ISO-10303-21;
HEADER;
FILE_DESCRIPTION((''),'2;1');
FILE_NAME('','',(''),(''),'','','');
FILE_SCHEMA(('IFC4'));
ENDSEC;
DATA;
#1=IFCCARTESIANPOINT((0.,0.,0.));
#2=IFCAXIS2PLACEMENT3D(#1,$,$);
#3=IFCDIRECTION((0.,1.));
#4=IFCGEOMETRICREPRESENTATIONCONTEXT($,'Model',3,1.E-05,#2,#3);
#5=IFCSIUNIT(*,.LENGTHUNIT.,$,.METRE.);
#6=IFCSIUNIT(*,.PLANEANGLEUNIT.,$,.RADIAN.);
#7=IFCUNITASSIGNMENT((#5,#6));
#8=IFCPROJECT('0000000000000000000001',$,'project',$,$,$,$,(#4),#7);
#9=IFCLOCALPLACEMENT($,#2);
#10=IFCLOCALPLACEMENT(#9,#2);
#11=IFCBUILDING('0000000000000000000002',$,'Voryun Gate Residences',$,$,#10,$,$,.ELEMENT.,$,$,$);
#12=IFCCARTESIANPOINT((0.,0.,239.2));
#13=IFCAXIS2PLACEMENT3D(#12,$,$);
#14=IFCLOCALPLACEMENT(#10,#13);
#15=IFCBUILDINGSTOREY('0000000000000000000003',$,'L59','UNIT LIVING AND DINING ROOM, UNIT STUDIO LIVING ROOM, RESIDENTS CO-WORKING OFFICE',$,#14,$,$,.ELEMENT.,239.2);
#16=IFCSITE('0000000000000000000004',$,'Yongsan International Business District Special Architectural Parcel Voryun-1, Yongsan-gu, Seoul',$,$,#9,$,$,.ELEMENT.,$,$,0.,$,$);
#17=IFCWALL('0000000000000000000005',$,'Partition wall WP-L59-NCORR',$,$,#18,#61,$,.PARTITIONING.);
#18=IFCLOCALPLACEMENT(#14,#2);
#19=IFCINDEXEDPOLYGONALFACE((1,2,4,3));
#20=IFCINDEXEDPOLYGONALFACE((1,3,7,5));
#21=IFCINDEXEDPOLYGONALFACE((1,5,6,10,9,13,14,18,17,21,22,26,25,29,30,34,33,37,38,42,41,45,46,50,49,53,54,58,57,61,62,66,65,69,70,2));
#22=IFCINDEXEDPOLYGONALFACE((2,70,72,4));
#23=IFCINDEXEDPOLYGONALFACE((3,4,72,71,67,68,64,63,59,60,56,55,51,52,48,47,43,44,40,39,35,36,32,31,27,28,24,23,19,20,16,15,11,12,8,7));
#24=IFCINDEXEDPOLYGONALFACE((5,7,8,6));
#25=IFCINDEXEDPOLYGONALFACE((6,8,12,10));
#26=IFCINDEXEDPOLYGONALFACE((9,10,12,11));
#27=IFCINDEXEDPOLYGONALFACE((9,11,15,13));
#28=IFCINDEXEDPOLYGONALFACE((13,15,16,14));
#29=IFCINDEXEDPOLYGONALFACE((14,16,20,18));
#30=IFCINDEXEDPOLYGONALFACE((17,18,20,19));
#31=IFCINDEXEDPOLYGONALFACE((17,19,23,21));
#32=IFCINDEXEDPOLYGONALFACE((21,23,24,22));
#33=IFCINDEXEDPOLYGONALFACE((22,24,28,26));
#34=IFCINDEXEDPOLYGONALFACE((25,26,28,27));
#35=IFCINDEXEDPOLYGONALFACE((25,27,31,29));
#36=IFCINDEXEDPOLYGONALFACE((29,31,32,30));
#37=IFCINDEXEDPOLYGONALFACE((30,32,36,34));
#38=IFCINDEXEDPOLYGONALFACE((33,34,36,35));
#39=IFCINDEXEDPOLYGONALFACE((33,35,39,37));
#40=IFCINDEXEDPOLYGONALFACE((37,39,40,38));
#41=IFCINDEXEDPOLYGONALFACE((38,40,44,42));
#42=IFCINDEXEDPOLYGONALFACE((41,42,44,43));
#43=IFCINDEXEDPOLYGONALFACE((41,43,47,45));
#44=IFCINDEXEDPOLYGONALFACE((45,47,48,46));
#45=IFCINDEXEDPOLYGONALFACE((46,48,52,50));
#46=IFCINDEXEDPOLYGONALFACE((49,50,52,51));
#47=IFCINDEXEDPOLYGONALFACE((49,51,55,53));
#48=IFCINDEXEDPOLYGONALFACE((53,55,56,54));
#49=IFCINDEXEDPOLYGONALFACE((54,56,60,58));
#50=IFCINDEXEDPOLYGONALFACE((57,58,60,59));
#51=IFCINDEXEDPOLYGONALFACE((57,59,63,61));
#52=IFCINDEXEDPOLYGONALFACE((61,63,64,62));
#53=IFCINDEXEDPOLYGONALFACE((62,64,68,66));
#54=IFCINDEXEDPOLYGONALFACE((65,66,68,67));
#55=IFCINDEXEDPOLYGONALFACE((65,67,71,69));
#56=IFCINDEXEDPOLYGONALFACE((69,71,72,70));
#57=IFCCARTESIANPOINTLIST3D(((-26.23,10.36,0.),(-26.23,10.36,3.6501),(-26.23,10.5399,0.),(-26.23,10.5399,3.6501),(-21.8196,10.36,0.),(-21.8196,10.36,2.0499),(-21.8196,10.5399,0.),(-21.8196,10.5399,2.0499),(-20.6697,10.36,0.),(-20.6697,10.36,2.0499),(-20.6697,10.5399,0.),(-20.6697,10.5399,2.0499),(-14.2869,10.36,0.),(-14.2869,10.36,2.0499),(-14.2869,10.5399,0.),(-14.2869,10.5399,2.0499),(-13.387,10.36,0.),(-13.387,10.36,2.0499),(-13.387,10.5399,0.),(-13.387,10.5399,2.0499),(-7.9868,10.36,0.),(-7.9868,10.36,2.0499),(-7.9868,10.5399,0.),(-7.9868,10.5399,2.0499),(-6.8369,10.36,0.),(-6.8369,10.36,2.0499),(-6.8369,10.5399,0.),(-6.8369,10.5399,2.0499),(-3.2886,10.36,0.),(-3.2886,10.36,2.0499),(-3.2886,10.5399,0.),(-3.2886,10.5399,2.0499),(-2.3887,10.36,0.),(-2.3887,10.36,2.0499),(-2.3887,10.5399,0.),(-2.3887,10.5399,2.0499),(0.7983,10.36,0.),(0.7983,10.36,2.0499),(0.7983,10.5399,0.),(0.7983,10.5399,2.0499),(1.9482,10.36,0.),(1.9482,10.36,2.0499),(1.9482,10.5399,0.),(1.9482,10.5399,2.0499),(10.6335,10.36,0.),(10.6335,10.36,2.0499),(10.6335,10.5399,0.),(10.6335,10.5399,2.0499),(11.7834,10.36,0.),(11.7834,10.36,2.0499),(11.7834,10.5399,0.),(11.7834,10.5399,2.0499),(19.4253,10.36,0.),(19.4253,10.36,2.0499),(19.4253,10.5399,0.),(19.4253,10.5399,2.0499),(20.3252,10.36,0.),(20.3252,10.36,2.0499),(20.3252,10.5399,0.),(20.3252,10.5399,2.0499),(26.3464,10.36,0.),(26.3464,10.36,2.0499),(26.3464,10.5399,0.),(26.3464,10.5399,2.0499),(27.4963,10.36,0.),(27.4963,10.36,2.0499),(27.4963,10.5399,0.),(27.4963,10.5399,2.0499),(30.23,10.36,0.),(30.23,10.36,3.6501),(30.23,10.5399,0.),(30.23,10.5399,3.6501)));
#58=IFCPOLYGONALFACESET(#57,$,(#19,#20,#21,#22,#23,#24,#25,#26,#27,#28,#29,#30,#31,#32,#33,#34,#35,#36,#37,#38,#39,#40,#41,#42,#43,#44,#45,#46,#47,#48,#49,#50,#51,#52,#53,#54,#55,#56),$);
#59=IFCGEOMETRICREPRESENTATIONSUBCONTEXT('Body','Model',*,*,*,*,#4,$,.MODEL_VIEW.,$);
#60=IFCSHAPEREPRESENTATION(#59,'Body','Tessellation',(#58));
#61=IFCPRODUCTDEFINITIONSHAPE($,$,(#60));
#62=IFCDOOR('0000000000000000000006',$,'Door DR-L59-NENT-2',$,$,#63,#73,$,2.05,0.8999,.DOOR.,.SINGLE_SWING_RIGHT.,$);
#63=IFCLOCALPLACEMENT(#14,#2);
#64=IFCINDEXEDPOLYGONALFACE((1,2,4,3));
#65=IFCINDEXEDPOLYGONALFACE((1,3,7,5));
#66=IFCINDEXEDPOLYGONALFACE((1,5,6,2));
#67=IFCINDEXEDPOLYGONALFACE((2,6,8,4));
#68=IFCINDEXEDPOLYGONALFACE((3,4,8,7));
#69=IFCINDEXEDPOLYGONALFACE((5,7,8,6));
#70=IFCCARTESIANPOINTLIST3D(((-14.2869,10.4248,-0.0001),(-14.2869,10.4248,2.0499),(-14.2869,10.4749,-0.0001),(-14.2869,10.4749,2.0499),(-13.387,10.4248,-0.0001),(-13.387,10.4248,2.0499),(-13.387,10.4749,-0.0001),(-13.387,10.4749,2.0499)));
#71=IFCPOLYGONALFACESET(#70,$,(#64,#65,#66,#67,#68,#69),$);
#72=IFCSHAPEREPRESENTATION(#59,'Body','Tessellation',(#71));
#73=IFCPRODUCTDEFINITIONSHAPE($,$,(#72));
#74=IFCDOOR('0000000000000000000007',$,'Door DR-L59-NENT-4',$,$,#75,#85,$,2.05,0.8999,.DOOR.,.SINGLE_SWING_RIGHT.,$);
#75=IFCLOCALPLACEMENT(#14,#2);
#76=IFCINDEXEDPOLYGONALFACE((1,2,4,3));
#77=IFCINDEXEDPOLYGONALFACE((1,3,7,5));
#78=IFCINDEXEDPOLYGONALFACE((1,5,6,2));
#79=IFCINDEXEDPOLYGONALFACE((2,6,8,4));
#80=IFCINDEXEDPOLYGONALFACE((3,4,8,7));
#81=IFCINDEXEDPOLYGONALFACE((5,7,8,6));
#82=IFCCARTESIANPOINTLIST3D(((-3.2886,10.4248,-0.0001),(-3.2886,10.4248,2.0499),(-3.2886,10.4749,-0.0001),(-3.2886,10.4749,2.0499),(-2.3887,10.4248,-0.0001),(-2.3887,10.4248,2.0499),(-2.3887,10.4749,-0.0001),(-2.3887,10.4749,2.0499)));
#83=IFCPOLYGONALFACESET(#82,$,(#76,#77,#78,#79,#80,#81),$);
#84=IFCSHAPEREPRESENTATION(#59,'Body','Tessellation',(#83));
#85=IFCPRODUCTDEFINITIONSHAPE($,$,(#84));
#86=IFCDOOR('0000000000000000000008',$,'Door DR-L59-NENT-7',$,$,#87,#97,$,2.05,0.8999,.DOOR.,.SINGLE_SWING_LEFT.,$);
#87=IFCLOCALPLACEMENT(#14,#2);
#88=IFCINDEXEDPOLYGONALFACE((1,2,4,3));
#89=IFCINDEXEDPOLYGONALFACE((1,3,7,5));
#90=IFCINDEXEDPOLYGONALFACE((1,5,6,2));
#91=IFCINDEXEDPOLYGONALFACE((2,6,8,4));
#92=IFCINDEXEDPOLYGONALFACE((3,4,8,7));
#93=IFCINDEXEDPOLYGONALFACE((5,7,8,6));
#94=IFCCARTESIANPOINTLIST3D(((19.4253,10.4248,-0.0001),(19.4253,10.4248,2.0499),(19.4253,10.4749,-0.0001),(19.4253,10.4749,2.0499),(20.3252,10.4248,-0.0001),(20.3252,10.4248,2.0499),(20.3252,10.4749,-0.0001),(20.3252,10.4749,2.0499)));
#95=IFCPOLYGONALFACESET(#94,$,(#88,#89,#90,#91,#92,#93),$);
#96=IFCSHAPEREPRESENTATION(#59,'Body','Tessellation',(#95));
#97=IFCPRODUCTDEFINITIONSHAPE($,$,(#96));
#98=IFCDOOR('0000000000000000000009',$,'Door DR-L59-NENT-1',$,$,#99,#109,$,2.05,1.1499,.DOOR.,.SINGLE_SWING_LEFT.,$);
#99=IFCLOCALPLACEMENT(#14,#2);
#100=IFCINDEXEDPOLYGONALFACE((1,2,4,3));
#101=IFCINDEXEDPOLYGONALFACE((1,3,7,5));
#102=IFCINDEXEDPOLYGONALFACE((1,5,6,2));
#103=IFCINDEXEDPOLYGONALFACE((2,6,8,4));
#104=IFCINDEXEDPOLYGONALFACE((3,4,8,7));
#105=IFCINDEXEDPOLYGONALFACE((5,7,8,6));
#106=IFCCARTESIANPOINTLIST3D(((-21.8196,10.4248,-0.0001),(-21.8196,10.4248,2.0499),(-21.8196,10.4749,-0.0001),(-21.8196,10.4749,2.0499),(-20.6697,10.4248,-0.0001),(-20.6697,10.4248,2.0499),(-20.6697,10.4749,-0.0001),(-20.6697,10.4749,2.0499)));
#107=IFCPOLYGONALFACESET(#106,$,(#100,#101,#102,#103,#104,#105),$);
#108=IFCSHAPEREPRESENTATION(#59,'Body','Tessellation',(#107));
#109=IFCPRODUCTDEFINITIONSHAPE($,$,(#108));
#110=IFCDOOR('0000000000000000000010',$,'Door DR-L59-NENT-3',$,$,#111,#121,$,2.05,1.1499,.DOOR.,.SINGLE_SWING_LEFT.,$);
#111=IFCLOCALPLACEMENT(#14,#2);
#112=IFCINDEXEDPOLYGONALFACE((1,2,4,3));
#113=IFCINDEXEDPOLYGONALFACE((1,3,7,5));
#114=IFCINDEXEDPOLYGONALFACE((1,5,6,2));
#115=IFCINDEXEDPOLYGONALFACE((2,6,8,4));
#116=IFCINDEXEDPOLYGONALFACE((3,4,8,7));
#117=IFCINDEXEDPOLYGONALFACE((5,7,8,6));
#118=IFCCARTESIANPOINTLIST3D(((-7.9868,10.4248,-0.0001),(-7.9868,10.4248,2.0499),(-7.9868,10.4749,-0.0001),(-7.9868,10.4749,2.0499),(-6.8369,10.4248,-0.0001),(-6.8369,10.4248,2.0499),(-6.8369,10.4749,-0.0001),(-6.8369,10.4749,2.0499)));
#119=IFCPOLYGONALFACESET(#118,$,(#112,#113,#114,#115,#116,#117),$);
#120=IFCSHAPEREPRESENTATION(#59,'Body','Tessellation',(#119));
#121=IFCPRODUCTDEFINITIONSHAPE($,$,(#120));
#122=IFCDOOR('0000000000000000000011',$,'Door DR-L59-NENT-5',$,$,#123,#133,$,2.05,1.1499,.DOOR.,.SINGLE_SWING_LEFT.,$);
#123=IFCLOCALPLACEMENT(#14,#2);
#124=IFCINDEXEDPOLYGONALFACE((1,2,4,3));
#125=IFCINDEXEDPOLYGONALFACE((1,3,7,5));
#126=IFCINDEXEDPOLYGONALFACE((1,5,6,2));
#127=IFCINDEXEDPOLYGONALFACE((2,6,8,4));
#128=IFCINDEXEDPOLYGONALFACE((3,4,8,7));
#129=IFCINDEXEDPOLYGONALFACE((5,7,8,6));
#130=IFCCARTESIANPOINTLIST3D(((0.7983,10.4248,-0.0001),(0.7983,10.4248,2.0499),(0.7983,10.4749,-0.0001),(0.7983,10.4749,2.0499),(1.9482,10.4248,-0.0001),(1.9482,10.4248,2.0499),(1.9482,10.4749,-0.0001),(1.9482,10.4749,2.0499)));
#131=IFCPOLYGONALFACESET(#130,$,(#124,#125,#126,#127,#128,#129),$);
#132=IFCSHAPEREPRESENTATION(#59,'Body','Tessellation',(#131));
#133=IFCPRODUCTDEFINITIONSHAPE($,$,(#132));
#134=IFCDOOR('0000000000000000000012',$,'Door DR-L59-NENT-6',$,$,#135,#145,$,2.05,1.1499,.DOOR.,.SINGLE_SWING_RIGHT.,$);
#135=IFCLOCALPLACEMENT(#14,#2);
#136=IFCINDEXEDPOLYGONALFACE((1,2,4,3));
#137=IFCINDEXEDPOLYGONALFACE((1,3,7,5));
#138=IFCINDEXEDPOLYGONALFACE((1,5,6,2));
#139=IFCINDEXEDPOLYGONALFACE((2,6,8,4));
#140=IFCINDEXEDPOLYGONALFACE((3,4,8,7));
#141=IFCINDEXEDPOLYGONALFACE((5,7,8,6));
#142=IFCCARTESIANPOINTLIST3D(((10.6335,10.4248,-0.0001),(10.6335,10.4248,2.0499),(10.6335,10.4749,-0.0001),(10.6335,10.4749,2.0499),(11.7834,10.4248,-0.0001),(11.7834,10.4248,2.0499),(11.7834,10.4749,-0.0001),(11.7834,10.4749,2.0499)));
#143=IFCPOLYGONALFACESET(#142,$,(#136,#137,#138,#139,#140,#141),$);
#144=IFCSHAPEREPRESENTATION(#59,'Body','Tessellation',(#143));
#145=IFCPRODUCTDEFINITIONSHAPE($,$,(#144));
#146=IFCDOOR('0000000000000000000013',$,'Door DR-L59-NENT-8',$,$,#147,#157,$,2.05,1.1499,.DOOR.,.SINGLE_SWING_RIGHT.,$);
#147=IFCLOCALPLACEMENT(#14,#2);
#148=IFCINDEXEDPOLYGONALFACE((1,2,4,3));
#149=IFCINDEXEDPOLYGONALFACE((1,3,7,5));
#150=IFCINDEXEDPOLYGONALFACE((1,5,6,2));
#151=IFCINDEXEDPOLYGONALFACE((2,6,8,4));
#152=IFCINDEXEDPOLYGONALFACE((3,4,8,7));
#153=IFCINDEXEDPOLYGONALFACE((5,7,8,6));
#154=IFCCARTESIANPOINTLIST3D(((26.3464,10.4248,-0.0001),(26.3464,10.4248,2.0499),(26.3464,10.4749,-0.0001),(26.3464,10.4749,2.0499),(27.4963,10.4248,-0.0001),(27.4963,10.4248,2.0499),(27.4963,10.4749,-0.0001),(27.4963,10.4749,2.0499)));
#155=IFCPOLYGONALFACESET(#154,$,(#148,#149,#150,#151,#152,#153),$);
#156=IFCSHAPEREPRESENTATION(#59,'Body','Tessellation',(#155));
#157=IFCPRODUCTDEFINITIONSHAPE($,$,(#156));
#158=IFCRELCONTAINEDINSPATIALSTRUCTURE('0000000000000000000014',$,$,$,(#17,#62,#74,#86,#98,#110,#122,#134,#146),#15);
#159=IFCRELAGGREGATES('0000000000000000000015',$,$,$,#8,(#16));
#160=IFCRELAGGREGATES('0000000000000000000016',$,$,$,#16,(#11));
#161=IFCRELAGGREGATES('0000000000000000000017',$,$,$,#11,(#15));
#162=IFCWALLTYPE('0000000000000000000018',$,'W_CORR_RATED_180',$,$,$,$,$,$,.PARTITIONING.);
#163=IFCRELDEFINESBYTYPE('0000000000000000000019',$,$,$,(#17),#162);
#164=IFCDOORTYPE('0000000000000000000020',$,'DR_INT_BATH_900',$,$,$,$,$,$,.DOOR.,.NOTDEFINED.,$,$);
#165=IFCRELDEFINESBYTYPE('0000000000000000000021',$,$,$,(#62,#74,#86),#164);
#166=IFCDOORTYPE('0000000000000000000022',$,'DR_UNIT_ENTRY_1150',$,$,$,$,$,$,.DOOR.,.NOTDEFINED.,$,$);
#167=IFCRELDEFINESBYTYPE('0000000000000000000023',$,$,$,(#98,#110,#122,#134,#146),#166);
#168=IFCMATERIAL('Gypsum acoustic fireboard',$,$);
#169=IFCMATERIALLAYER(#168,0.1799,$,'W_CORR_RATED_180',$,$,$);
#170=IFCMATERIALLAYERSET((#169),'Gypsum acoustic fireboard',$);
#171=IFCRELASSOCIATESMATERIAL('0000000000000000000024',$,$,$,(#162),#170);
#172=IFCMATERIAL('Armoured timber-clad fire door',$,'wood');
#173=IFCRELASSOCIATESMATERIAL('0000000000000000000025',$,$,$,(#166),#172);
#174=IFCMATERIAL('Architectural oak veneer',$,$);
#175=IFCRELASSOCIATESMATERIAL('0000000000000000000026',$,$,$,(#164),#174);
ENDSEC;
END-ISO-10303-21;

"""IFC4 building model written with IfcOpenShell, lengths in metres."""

from ifc_helpers import new_model, si_unit, direction, frame, frame_2d, origin, place, context, subcontext, project, spatial, rectangle, extrude, material, layer, layer_set, type_object, element, fill, save


model = new_model("IFC4")

# Units and contexts
model_context = context("Model", 3, precision=1e-05, world=origin(), true_north=direction((0.0, 1.0)))
body_context = subcontext(model_context, "Body", "Model", "MODEL_VIEW")
ifc_project = project(units=[si_unit("LENGTHUNIT", "METRE"), si_unit("PLANEANGLEUNIT", "RADIAN")], contexts=[model_context])

# Site, building, storey
site_placement = place(None, origin())
site = spatial("IfcSite", under=ifc_project, at=site_placement, Name="Yongsan International Business District Special Architectural Parcel Voryun-1, Yongsan-gu, Seoul", CompositionType="ELEMENT", RefElevation=0.0)
building_placement = place(site_placement, origin())
building = spatial("IfcBuilding", under=site, at=building_placement, Name="Voryun Gate Residences", CompositionType="ELEMENT")
storey_placement = place(building_placement, frame((0.0, 0.0, 239.2)))
storey = spatial("IfcBuildingStorey", under=building, at=storey_placement, Name="L59", Description="UNIT LIVING AND DINING ROOM, UNIT STUDIO LIVING ROOM, RESIDENTS CO-WORKING OFFICE", CompositionType="ELEMENT", Elevation=239.2)

# Shared definitions
ifc_material_1 = material(Name="Gypsum acoustic fireboard")
ifc_layer_1 = layer(ifc_material_1, 0.1799, Name="W_CORR_RATED_180")
ifc_layer_set_1 = layer_set([ifc_layer_1], Name="Gypsum acoustic fireboard")
wall_type_1 = type_object("IfcWallType", Name="W_CORR_RATED_180", PredefinedType="PARTITIONING", material=ifc_layer_set_1)
ifc_material_2 = material(Name="Armoured timber-clad fire door", Category="wood")
door_type_1 = type_object("IfcDoorType", Name="DR_UNIT_ENTRY_1150", OperationType="NOTDEFINED", PredefinedType="DOOR", material=ifc_material_2)

# Wall, openings, doors
wall_1_placement = place(storey_placement, frame((-26.23, 10.45, 0.0), z_axis=(0.0, 0.0, 1.0), x_axis=(1.0, 0.0, 0.0)))
wall_1 = element("IfcWall", 1, at=wall_1_placement, inside=storey, type_object=wall_type_1, Name="Partition wall WP-L59-NCORR", PredefinedType="PARTITIONING", context=body_context, shape_type="SweptSolid", body=[
    extrude(rectangle(XDim=56.46, YDim=0.1799, at=frame_2d((28.23, 0.0))), origin(), (0.0, 0.0, 1.0), 3.6501),
])
opening_1_placement = place(wall_1_placement, frame((4.4104, 0.0, 0.0)))
opening_1 = element("IfcOpeningElement", 2, at=opening_1_placement, cuts=wall_1, PredefinedType="OPENING", context=body_context, shape_type="SweptSolid", body=[
    extrude(rectangle(XDim=1.1499, YDim=2.05, at=frame_2d((0.575, 1.0249))), frame((0.0, 0.0999, 0.0), z_axis=(0.0, -1.0, 0.0), x_axis=(1.0, 0.0, 0.0)), (0.0, 0.0, 1.0), 0.2),
])
opening_2_placement = place(wall_1_placement, frame((11.9431, 0.0, 0.0)))
opening_2 = element("IfcOpeningElement", 3, at=opening_2_placement, cuts=wall_1, PredefinedType="OPENING", context=body_context, shape_type="SweptSolid", body=[
    extrude(rectangle(XDim=0.8999, YDim=2.05, at=frame_2d((0.45, 1.0249))), frame((0.0, 0.0999, 0.0), z_axis=(0.0, -1.0, 0.0), x_axis=(1.0, 0.0, 0.0)), (0.0, 0.0, 1.0), 0.2),
])
opening_3_placement = place(wall_1_placement, frame((18.2432, 0.0, 0.0)))
opening_3 = element("IfcOpeningElement", 4, at=opening_3_placement, cuts=wall_1, PredefinedType="OPENING", context=body_context, shape_type="SweptSolid", body=[
    extrude(rectangle(XDim=1.1499, YDim=2.05, at=frame_2d((0.575, 1.0249))), frame((0.0, 0.0999, 0.0), z_axis=(0.0, -1.0, 0.0), x_axis=(1.0, 0.0, 0.0)), (0.0, 0.0, 1.0), 0.2),
])
opening_4_placement = place(wall_1_placement, frame((22.9414, 0.0, 0.0)))
opening_4 = element("IfcOpeningElement", 5, at=opening_4_placement, cuts=wall_1, PredefinedType="OPENING", context=body_context, shape_type="SweptSolid", body=[
    extrude(rectangle(XDim=0.8999, YDim=2.05, at=frame_2d((0.45, 1.0249))), frame((0.0, 0.0999, 0.0), z_axis=(0.0, -1.0, 0.0), x_axis=(1.0, 0.0, 0.0)), (0.0, 0.0, 1.0), 0.2),
])
opening_5_placement = place(wall_1_placement, frame((27.0283, 0.0, 0.0)))
opening_5 = element("IfcOpeningElement", 6, at=opening_5_placement, cuts=wall_1, PredefinedType="OPENING", context=body_context, shape_type="SweptSolid", body=[
    extrude(rectangle(XDim=1.1499, YDim=2.05, at=frame_2d((0.575, 1.0249))), frame((0.0, 0.0999, 0.0), z_axis=(0.0, -1.0, 0.0), x_axis=(1.0, 0.0, 0.0)), (0.0, 0.0, 1.0), 0.2),
])
opening_6_placement = place(wall_1_placement, frame((36.8635, 0.0, 0.0)))
opening_6 = element("IfcOpeningElement", 7, at=opening_6_placement, cuts=wall_1, PredefinedType="OPENING", context=body_context, shape_type="SweptSolid", body=[
    extrude(rectangle(XDim=1.1499, YDim=2.05, at=frame_2d((0.575, 1.0249))), frame((0.0, 0.0999, 0.0), z_axis=(0.0, -1.0, 0.0), x_axis=(1.0, 0.0, 0.0)), (0.0, 0.0, 1.0), 0.2),
])
opening_7_placement = place(wall_1_placement, frame((45.6553, 0.0, 0.0)))
opening_7 = element("IfcOpeningElement", 8, at=opening_7_placement, cuts=wall_1, PredefinedType="OPENING", context=body_context, shape_type="SweptSolid", body=[
    extrude(rectangle(XDim=0.8999, YDim=2.05, at=frame_2d((0.45, 1.0249))), frame((0.0, 0.0999, 0.0), z_axis=(0.0, -1.0, 0.0), x_axis=(1.0, 0.0, 0.0)), (0.0, 0.0, 1.0), 0.2),
])
opening_8_placement = place(wall_1_placement, frame((52.5764, 0.0, 0.0)))
opening_8 = element("IfcOpeningElement", 9, at=opening_8_placement, cuts=wall_1, PredefinedType="OPENING", context=body_context, shape_type="SweptSolid", body=[
    extrude(rectangle(XDim=1.1499, YDim=2.05, at=frame_2d((0.575, 1.0249))), frame((0.0, 0.0999, 0.0), z_axis=(0.0, -1.0, 0.0), x_axis=(1.0, 0.0, 0.0)), (0.0, 0.0, 1.0), 0.2),
])
ifc_material_3 = material(Name="Architectural oak veneer")
door_type_2 = type_object("IfcDoorType", Name="DR_INT_BATH_900", OperationType="NOTDEFINED", PredefinedType="DOOR", material=ifc_material_3)
door_1_placement = place(opening_2_placement, origin())
door_1 = element("IfcDoor", 10, at=door_1_placement, inside=storey, type_object=door_type_2, Name="Door DR-L59-NENT-2", OperationType="SINGLE_SWING_RIGHT", OverallHeight=2.05, OverallWidth=0.8999, PredefinedType="DOOR", context=body_context, shape_type="SweptSolid", body=[
    extrude(rectangle(XDim=0.8999, YDim=2.05, at=frame_2d((0.45, 1.0249))), frame((0.0, 0.0249, 0.0), z_axis=(0.0, -1.0, 0.0), x_axis=(1.0, 0.0, 0.0)), (0.0, 0.0, 1.0), 0.05),
])
fill(opening_2, door_1)
door_2_placement = place(opening_4_placement, origin())
door_2 = element("IfcDoor", 11, at=door_2_placement, inside=storey, type_object=door_type_2, Name="Door DR-L59-NENT-4", OperationType="SINGLE_SWING_RIGHT", OverallHeight=2.05, OverallWidth=0.8999, PredefinedType="DOOR", context=body_context, shape_type="SweptSolid", body=[
    extrude(rectangle(XDim=0.8999, YDim=2.05, at=frame_2d((0.45, 1.0249))), frame((0.0, 0.0249, 0.0), z_axis=(0.0, -1.0, 0.0), x_axis=(1.0, 0.0, 0.0)), (0.0, 0.0, 1.0), 0.05),
])
fill(opening_4, door_2)
door_3_placement = place(opening_7_placement, origin())
door_3 = element("IfcDoor", 12, at=door_3_placement, inside=storey, type_object=door_type_2, Name="Door DR-L59-NENT-7", OperationType="SINGLE_SWING_LEFT", OverallHeight=2.05, OverallWidth=0.8999, PredefinedType="DOOR", context=body_context, shape_type="SweptSolid", body=[
    extrude(rectangle(XDim=0.8999, YDim=2.05, at=frame_2d((0.45, 1.0249))), frame((0.0, 0.0249, 0.0), z_axis=(0.0, -1.0, 0.0), x_axis=(1.0, 0.0, 0.0)), (0.0, 0.0, 1.0), 0.05),
])
fill(opening_7, door_3)
door_4_placement = place(opening_1_placement, origin())
door_4 = element("IfcDoor", 13, at=door_4_placement, inside=storey, type_object=door_type_1, Name="Door DR-L59-NENT-1", OperationType="SINGLE_SWING_LEFT", OverallHeight=2.05, OverallWidth=1.1499, PredefinedType="DOOR", context=body_context, shape_type="SweptSolid", body=[
    extrude(rectangle(XDim=1.1499, YDim=2.05, at=frame_2d((0.575, 1.0249))), frame((0.0, 0.0249, 0.0), z_axis=(0.0, -1.0, 0.0), x_axis=(1.0, 0.0, 0.0)), (0.0, 0.0, 1.0), 0.05),
])
fill(opening_1, door_4)
door_5_placement = place(opening_3_placement, origin())
door_5 = element("IfcDoor", 14, at=door_5_placement, inside=storey, type_object=door_type_1, Name="Door DR-L59-NENT-3", OperationType="SINGLE_SWING_LEFT", OverallHeight=2.05, OverallWidth=1.1499, PredefinedType="DOOR", context=body_context, shape_type="SweptSolid", body=[
    extrude(rectangle(XDim=1.1499, YDim=2.05, at=frame_2d((0.575, 1.0249))), frame((0.0, 0.0249, 0.0), z_axis=(0.0, -1.0, 0.0), x_axis=(1.0, 0.0, 0.0)), (0.0, 0.0, 1.0), 0.05),
])
fill(opening_3, door_5)
door_6_placement = place(opening_5_placement, origin())
door_6 = element("IfcDoor", 15, at=door_6_placement, inside=storey, type_object=door_type_1, Name="Door DR-L59-NENT-5", OperationType="SINGLE_SWING_LEFT", OverallHeight=2.05, OverallWidth=1.1499, PredefinedType="DOOR", context=body_context, shape_type="SweptSolid", body=[
    extrude(rectangle(XDim=1.1499, YDim=2.05, at=frame_2d((0.575, 1.0249))), frame((0.0, 0.0249, 0.0), z_axis=(0.0, -1.0, 0.0), x_axis=(1.0, 0.0, 0.0)), (0.0, 0.0, 1.0), 0.05),
])
fill(opening_5, door_6)
door_7_placement = place(opening_6_placement, origin())
door_7 = element("IfcDoor", 16, at=door_7_placement, inside=storey, type_object=door_type_1, Name="Door DR-L59-NENT-6", OperationType="SINGLE_SWING_RIGHT", OverallHeight=2.05, OverallWidth=1.1499, PredefinedType="DOOR", context=body_context, shape_type="SweptSolid", body=[
    extrude(rectangle(XDim=1.1499, YDim=2.05, at=frame_2d((0.575, 1.0249))), frame((0.0, 0.0249, 0.0), z_axis=(0.0, -1.0, 0.0), x_axis=(1.0, 0.0, 0.0)), (0.0, 0.0, 1.0), 0.05),
])
fill(opening_6, door_7)
door_8_placement = place(opening_8_placement, origin())
door_8 = element("IfcDoor", 17, at=door_8_placement, inside=storey, type_object=door_type_1, Name="Door DR-L59-NENT-8", OperationType="SINGLE_SWING_RIGHT", OverallHeight=2.05, OverallWidth=1.1499, PredefinedType="DOOR", context=body_context, shape_type="SweptSolid", body=[
    extrude(rectangle(XDim=1.1499, YDim=2.05, at=frame_2d((0.575, 1.0249))), frame((0.0, 0.0249, 0.0), z_axis=(0.0, -1.0, 0.0), x_axis=(1.0, 0.0, 0.0)), (0.0, 0.0, 1.0), 0.05),
])
fill(opening_8, door_8)

save(model, "model.ifc")
